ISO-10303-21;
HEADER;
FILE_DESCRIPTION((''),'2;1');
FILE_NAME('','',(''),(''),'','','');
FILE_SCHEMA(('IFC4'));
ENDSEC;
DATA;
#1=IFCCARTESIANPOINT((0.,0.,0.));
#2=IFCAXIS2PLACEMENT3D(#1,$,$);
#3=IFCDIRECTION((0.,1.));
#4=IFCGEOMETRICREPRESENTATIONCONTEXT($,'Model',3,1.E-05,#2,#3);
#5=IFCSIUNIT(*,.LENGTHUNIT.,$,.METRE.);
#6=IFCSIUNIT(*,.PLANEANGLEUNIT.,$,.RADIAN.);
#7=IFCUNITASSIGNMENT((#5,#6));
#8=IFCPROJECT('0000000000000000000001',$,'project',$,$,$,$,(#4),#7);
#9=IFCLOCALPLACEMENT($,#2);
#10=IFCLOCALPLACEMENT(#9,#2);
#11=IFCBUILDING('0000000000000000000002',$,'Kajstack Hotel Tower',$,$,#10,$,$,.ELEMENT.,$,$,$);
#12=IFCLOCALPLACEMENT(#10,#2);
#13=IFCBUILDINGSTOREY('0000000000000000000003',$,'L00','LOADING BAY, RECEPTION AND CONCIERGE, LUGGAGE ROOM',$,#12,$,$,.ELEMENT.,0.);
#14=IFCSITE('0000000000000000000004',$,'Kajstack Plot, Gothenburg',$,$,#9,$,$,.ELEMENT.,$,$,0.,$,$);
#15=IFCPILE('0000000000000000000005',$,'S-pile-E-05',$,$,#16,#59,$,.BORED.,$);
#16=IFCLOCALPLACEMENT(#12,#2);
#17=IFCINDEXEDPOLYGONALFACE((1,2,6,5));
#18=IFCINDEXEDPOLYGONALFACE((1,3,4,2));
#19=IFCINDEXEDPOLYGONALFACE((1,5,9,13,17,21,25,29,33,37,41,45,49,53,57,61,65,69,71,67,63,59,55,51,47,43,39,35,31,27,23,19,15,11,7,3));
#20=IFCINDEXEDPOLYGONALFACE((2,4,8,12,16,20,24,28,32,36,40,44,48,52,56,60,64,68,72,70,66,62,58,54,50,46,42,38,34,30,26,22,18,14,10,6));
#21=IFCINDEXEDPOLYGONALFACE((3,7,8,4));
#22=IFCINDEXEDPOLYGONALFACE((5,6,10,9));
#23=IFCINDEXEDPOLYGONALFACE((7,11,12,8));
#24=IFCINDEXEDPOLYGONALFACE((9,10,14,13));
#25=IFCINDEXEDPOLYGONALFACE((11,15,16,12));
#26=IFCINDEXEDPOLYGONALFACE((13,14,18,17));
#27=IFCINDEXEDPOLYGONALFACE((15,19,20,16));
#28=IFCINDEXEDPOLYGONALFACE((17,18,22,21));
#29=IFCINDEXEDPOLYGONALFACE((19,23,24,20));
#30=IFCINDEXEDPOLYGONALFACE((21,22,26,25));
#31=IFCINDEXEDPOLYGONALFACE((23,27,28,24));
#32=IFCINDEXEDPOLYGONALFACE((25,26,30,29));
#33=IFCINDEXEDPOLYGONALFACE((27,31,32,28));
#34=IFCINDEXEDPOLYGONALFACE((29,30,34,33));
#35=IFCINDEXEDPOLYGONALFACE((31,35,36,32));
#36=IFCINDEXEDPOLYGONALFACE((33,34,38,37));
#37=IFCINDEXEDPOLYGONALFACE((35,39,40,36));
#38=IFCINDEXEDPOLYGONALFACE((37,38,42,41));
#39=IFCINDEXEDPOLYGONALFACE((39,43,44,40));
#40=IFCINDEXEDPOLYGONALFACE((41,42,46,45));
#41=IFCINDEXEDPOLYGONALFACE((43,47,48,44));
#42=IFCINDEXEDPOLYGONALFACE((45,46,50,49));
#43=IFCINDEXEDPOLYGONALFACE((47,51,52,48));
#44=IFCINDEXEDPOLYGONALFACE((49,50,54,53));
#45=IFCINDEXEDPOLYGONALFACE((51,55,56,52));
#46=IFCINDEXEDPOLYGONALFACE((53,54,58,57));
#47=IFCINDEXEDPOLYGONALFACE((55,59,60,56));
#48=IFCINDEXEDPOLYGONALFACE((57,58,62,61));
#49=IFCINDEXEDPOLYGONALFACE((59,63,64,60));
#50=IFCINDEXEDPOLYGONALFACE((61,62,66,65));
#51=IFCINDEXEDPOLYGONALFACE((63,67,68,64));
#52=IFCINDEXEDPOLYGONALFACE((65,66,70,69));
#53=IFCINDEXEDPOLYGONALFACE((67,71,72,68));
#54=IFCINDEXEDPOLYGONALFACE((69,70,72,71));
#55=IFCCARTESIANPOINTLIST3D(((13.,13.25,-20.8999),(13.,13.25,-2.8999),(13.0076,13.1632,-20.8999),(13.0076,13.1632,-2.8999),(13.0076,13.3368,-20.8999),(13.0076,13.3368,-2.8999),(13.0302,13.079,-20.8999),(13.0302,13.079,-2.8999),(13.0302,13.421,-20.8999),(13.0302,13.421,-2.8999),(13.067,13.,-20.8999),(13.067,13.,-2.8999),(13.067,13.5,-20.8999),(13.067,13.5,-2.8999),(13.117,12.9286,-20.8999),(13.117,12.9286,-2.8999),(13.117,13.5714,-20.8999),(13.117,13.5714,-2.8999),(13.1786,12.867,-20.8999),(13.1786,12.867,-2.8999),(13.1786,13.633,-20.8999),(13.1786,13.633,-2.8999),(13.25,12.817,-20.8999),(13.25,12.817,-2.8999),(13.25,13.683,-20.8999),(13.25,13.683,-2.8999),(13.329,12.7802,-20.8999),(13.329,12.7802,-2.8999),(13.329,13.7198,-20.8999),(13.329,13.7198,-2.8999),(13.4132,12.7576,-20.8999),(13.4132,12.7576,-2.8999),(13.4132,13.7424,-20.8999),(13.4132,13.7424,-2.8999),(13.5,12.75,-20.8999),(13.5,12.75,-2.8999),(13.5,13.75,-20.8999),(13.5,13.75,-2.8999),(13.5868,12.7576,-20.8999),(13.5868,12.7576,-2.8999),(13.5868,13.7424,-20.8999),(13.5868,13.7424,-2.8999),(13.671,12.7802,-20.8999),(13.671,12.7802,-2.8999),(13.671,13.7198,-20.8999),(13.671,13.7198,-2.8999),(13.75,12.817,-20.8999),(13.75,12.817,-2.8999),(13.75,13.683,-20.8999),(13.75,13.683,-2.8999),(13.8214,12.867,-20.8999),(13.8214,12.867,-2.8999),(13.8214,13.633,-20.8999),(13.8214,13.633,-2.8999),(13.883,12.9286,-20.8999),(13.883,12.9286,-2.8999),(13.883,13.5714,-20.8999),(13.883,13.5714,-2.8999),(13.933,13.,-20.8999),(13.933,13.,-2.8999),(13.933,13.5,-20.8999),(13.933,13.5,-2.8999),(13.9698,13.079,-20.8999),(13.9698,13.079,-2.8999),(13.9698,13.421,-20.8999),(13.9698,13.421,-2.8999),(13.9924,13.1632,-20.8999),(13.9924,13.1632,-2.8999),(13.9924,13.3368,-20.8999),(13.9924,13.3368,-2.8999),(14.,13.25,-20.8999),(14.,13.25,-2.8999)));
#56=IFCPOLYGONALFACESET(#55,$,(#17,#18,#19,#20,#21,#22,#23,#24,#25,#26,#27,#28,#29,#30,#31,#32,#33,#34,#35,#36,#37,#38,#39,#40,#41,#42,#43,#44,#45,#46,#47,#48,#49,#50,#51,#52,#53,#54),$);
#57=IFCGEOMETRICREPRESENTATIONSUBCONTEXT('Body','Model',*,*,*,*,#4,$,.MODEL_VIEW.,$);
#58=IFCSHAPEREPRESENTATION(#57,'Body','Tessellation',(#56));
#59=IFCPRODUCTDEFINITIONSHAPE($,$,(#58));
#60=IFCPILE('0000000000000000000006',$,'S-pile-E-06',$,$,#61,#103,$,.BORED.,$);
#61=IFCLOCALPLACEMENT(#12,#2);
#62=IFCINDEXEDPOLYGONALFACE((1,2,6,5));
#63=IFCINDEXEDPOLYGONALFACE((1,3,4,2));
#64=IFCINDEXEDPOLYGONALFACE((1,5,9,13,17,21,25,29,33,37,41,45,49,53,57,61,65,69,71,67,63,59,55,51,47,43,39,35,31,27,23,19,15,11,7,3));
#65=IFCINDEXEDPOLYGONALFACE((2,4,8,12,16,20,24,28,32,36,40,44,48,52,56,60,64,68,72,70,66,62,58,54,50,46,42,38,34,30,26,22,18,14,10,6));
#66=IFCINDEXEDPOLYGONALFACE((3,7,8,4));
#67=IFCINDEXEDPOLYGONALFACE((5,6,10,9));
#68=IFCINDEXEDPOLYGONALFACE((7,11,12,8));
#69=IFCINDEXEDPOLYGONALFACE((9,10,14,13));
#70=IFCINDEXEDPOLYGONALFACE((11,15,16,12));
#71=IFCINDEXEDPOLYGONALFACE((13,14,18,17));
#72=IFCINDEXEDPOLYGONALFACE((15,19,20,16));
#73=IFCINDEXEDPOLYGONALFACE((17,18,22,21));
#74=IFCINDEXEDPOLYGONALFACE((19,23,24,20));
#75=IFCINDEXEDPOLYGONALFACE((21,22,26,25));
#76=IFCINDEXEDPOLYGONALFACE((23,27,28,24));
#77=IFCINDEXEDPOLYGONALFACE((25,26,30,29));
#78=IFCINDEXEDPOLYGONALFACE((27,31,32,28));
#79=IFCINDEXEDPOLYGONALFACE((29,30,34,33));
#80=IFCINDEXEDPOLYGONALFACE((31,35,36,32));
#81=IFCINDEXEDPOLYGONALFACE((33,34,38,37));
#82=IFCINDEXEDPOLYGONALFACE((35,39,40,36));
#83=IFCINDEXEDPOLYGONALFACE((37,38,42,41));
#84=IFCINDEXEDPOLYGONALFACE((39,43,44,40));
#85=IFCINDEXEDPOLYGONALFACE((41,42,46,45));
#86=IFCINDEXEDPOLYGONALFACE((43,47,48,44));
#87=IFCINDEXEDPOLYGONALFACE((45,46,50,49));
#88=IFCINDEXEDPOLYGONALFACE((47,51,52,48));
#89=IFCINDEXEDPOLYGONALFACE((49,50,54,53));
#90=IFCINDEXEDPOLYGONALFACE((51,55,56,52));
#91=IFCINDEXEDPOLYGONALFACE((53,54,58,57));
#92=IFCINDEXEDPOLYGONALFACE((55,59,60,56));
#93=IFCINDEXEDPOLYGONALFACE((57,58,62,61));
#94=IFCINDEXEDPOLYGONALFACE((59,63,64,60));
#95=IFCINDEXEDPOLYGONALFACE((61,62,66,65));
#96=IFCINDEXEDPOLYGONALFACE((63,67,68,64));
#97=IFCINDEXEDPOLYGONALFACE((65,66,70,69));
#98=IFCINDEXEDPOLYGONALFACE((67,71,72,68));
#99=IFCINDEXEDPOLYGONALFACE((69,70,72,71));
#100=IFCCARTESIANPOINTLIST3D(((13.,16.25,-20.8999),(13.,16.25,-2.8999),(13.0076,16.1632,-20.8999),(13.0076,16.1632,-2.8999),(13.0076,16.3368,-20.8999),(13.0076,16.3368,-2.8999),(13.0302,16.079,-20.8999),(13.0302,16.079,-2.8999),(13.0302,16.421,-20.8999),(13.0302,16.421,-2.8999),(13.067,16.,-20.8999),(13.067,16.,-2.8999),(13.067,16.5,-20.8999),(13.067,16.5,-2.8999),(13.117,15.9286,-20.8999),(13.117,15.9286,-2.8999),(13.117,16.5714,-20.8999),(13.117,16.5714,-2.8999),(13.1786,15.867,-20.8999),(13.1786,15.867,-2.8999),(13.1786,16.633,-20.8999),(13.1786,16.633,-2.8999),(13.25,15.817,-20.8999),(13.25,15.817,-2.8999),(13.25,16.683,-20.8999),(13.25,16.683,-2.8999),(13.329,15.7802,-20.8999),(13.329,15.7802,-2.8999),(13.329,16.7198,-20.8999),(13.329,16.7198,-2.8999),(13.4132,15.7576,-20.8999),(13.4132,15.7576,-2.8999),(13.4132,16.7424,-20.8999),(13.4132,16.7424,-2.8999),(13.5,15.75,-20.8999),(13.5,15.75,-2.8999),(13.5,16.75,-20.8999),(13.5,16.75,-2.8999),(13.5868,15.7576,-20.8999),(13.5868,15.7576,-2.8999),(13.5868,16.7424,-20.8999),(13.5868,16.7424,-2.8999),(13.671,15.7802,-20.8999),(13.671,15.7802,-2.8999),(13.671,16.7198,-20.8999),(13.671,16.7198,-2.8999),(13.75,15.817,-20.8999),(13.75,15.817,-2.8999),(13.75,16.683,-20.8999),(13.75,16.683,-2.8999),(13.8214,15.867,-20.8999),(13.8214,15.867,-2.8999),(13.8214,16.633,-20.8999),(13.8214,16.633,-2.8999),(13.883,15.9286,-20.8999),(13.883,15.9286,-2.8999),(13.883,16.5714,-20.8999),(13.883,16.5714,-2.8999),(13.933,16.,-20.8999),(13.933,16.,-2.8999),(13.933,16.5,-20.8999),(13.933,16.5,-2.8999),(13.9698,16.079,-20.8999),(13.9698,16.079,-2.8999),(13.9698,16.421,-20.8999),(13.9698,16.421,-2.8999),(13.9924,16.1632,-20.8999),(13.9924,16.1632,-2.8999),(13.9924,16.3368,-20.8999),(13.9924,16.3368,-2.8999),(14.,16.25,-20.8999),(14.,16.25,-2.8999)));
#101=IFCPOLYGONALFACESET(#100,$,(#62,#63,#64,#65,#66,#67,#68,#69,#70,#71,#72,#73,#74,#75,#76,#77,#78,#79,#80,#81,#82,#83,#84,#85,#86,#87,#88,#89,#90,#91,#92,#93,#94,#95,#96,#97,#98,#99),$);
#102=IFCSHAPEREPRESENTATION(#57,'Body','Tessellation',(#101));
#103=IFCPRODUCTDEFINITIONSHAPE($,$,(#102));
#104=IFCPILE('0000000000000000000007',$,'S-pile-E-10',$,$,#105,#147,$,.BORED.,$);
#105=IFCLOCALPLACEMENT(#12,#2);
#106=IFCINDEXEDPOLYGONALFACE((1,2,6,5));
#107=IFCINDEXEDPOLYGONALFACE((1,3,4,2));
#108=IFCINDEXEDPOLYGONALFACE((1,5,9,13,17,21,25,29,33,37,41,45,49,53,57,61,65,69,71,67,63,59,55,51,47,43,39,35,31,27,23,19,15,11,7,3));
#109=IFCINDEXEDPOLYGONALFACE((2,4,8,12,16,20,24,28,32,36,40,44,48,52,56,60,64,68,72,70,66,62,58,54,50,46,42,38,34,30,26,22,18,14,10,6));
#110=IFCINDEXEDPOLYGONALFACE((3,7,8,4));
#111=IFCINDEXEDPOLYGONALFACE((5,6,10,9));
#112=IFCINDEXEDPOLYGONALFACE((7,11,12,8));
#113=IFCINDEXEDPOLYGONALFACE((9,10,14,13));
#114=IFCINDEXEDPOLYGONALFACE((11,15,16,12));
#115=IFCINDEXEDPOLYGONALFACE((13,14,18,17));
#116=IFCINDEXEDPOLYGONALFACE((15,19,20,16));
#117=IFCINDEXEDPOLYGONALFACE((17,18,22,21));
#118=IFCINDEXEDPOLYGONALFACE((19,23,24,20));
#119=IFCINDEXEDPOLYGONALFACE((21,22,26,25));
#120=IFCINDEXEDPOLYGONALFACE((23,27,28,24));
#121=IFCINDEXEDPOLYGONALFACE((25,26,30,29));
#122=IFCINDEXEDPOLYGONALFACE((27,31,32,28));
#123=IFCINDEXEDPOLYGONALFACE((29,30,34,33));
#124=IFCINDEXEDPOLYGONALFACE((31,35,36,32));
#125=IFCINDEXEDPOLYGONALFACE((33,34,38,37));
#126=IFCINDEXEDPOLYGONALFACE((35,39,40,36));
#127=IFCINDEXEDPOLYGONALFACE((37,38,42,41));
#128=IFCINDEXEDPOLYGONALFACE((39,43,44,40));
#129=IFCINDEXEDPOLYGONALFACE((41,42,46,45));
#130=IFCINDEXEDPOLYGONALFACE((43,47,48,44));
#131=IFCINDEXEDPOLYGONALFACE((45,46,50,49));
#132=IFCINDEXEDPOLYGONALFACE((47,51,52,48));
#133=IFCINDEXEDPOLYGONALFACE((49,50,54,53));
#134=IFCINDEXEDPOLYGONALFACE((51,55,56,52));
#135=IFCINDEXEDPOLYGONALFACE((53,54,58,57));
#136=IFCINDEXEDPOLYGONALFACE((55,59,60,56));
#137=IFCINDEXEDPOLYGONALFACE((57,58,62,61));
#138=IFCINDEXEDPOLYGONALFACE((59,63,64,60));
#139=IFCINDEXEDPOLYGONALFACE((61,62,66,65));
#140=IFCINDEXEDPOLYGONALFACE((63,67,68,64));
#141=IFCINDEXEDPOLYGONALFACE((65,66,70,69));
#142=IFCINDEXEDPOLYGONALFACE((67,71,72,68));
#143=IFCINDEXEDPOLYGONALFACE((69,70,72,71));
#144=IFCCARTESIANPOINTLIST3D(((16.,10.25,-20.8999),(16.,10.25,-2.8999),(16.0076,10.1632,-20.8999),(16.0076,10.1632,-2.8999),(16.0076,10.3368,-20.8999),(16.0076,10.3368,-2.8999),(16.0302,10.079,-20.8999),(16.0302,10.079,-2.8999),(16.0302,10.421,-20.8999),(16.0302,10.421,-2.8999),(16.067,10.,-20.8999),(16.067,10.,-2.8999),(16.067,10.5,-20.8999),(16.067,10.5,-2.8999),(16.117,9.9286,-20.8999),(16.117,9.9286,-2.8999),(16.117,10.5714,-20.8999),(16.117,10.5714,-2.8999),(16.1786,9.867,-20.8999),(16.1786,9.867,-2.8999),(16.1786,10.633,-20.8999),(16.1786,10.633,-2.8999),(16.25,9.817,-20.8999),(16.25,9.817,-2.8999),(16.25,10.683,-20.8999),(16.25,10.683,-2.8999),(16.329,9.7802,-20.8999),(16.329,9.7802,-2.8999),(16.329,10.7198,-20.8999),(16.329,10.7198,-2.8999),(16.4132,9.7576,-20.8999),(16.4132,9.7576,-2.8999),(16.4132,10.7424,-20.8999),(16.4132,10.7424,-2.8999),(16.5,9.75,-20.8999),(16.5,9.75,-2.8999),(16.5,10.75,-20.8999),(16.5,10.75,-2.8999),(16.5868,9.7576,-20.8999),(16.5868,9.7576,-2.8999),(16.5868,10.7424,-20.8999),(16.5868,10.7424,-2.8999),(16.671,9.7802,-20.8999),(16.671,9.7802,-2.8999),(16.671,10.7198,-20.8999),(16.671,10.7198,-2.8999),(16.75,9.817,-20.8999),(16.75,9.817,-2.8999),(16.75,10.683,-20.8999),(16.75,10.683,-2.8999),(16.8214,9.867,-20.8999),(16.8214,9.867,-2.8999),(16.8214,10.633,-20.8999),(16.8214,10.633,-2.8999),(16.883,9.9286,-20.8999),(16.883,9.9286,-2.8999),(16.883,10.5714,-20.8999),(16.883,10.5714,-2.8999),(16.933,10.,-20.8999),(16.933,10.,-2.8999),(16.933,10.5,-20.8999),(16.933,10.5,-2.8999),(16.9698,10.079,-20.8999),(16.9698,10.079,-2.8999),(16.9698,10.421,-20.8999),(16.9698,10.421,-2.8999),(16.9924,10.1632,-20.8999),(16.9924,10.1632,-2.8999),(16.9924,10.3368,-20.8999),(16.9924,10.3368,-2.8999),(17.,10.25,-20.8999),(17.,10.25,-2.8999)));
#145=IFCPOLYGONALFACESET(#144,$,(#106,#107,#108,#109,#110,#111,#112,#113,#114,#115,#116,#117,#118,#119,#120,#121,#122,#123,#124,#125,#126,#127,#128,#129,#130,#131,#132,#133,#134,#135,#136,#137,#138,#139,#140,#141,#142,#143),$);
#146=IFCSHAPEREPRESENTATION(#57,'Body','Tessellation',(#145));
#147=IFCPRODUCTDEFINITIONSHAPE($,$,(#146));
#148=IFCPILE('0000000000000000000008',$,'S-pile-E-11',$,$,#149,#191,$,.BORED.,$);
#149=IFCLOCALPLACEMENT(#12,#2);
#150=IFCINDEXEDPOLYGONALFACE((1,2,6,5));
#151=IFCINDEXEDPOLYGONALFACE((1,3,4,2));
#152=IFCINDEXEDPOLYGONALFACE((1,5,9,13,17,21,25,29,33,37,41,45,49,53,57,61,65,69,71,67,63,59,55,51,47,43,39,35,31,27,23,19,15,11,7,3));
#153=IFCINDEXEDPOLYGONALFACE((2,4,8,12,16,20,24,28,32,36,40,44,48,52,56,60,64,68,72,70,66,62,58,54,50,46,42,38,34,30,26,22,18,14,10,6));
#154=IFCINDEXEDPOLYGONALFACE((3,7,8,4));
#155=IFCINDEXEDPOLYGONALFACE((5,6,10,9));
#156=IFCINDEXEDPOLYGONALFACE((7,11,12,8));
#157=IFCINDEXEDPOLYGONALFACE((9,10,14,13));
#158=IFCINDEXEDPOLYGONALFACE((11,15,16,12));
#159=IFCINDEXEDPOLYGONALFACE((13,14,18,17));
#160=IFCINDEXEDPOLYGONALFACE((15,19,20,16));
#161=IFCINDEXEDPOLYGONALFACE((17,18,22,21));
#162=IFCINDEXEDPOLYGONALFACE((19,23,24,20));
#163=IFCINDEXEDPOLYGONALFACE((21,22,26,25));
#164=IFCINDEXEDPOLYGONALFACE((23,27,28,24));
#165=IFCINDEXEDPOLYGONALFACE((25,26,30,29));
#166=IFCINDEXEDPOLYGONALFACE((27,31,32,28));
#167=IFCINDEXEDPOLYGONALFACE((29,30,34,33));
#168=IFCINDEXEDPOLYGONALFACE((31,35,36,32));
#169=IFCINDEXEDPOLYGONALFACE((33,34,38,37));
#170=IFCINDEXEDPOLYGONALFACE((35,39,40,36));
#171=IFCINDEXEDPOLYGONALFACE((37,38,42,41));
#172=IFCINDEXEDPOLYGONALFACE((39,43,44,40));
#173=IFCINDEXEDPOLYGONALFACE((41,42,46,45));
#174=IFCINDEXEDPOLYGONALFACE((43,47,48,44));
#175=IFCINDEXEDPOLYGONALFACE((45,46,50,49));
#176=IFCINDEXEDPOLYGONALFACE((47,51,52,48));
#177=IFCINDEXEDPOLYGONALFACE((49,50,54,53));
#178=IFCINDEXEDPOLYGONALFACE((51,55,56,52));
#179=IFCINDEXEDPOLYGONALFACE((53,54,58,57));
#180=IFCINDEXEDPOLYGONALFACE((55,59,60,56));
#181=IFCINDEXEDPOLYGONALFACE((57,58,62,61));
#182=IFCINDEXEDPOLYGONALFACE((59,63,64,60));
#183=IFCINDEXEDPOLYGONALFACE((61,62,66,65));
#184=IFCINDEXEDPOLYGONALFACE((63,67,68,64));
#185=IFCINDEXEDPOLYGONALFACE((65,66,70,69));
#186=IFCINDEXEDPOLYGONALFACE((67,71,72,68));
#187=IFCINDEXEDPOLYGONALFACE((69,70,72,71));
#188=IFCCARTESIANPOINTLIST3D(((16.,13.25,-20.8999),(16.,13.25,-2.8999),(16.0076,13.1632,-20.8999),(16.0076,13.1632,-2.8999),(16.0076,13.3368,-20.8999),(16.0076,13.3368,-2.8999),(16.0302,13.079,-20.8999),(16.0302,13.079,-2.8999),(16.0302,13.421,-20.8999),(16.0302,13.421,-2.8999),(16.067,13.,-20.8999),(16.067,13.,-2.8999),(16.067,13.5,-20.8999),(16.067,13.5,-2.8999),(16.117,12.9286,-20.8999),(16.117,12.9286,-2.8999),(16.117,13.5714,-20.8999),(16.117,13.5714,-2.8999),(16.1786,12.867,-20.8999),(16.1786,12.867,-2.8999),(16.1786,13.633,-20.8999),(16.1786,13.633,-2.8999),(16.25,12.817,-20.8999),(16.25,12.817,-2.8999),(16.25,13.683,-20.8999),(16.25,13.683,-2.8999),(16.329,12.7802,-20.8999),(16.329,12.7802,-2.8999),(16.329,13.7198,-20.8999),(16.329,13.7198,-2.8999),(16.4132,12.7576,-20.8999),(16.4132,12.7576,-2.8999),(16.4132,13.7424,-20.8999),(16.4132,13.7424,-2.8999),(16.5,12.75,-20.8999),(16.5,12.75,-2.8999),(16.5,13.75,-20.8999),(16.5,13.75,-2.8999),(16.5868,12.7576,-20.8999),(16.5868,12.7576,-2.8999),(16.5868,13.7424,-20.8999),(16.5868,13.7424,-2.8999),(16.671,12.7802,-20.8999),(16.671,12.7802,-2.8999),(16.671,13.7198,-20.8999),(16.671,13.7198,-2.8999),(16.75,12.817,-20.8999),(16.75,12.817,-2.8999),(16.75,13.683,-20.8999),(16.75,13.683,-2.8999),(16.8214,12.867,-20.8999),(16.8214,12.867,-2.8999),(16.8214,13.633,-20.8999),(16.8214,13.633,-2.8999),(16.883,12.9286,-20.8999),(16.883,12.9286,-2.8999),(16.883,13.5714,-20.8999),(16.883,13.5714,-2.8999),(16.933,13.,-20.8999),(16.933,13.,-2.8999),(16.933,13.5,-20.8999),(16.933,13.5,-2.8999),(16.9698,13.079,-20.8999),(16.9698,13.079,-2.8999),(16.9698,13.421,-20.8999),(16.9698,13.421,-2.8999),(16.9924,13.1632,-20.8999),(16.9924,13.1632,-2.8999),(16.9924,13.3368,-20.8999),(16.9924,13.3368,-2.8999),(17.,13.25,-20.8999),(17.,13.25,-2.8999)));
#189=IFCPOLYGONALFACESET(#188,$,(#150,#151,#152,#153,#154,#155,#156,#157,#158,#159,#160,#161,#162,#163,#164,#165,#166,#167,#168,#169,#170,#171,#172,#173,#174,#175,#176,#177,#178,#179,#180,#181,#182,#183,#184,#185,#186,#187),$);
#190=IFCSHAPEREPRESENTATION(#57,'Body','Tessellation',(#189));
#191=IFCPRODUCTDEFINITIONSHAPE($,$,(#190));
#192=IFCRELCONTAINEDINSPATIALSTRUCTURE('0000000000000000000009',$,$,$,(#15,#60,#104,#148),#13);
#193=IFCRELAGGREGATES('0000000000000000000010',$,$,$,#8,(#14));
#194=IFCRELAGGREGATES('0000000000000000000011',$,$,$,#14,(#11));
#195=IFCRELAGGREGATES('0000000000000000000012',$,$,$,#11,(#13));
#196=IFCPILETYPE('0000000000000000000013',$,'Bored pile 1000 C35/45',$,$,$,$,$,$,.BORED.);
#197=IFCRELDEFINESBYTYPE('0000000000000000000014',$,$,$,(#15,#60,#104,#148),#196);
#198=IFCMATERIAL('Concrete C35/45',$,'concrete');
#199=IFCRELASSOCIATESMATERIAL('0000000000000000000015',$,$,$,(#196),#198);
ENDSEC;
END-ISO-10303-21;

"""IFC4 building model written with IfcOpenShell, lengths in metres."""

from ifc_helpers import new_model, si_unit, direction, frame, origin, origin_2d, place, context, subcontext, project, spatial, circle, extrude, material, material_profile, profile_set, type_object, element, save


model = new_model("IFC4")

# Units and contexts
model_context = context("Model", 3, precision=1e-05, world=origin(), true_north=direction((0.0, 1.0)))
body_context = subcontext(model_context, "Body", "Model", "MODEL_VIEW")
ifc_project = project(units=[si_unit("LENGTHUNIT", "METRE"), si_unit("PLANEANGLEUNIT", "RADIAN")], contexts=[model_context])

# Site, building, storey
site_placement = place(None, origin())
site = spatial("IfcSite", under=ifc_project, at=site_placement, Name="Kajstack Plot, Gothenburg", CompositionType="ELEMENT", RefElevation=0.0)
building_placement = place(site_placement, origin())
building = spatial("IfcBuilding", under=site, at=building_placement, Name="Kajstack Hotel Tower", CompositionType="ELEMENT")
storey_placement = place(building_placement, origin())
storey = spatial("IfcBuildingStorey", under=building, at=storey_placement, Name="L00", Description="LOADING BAY, RECEPTION AND CONCIERGE, LUGGAGE ROOM", CompositionType="ELEMENT", Elevation=0.0)

# Piles
ifc_material_1 = material(Name="Concrete C35/45", Category="concrete")
ifc_material_profile_1 = material_profile(ifc_material_1, circle(Radius=0.5, at=origin_2d()), Name="RC round 1000")
ifc_profile_set_1 = profile_set([ifc_material_profile_1], Name="Concrete C35/45")
pile_type_1 = type_object("IfcPileType", Name="Bored pile 1000 C35/45", PredefinedType="BORED", material=ifc_profile_set_1)
for number, where, z_axis, x_axis, name in (
    (1, (13.5, 13.25, -2.8999), (0.0, 0.0, -1.0), (1.0, 0.0, 0.0), "S-pile-E-05"),
    (2, (13.5, 16.25, -2.8999), (0.0, 0.0, -1.0), (1.0, 0.0, 0.0), "S-pile-E-06"),
    (3, (16.5, 10.25, -2.8999), (0.0, 0.0, -1.0), (1.0, 0.0, 0.0), "S-pile-E-10"),
    (4, (16.5, 13.25, -2.8999), (0.0, 0.0, -1.0), (1.0, 0.0, 0.0), "S-pile-E-11"),
):
    element("IfcPile", number, at=place(storey_placement, frame(where, z_axis=z_axis, x_axis=x_axis)), inside=storey, type_object=pile_type_1, Name=name, PredefinedType="BORED", context=body_context, shape_type="SweptSolid", body=[
        extrude(circle(Radius=0.5, at=origin_2d()), origin(), (0.0, 0.0, 1.0), 18.0),
    ])

save(model, "model.ifc")
